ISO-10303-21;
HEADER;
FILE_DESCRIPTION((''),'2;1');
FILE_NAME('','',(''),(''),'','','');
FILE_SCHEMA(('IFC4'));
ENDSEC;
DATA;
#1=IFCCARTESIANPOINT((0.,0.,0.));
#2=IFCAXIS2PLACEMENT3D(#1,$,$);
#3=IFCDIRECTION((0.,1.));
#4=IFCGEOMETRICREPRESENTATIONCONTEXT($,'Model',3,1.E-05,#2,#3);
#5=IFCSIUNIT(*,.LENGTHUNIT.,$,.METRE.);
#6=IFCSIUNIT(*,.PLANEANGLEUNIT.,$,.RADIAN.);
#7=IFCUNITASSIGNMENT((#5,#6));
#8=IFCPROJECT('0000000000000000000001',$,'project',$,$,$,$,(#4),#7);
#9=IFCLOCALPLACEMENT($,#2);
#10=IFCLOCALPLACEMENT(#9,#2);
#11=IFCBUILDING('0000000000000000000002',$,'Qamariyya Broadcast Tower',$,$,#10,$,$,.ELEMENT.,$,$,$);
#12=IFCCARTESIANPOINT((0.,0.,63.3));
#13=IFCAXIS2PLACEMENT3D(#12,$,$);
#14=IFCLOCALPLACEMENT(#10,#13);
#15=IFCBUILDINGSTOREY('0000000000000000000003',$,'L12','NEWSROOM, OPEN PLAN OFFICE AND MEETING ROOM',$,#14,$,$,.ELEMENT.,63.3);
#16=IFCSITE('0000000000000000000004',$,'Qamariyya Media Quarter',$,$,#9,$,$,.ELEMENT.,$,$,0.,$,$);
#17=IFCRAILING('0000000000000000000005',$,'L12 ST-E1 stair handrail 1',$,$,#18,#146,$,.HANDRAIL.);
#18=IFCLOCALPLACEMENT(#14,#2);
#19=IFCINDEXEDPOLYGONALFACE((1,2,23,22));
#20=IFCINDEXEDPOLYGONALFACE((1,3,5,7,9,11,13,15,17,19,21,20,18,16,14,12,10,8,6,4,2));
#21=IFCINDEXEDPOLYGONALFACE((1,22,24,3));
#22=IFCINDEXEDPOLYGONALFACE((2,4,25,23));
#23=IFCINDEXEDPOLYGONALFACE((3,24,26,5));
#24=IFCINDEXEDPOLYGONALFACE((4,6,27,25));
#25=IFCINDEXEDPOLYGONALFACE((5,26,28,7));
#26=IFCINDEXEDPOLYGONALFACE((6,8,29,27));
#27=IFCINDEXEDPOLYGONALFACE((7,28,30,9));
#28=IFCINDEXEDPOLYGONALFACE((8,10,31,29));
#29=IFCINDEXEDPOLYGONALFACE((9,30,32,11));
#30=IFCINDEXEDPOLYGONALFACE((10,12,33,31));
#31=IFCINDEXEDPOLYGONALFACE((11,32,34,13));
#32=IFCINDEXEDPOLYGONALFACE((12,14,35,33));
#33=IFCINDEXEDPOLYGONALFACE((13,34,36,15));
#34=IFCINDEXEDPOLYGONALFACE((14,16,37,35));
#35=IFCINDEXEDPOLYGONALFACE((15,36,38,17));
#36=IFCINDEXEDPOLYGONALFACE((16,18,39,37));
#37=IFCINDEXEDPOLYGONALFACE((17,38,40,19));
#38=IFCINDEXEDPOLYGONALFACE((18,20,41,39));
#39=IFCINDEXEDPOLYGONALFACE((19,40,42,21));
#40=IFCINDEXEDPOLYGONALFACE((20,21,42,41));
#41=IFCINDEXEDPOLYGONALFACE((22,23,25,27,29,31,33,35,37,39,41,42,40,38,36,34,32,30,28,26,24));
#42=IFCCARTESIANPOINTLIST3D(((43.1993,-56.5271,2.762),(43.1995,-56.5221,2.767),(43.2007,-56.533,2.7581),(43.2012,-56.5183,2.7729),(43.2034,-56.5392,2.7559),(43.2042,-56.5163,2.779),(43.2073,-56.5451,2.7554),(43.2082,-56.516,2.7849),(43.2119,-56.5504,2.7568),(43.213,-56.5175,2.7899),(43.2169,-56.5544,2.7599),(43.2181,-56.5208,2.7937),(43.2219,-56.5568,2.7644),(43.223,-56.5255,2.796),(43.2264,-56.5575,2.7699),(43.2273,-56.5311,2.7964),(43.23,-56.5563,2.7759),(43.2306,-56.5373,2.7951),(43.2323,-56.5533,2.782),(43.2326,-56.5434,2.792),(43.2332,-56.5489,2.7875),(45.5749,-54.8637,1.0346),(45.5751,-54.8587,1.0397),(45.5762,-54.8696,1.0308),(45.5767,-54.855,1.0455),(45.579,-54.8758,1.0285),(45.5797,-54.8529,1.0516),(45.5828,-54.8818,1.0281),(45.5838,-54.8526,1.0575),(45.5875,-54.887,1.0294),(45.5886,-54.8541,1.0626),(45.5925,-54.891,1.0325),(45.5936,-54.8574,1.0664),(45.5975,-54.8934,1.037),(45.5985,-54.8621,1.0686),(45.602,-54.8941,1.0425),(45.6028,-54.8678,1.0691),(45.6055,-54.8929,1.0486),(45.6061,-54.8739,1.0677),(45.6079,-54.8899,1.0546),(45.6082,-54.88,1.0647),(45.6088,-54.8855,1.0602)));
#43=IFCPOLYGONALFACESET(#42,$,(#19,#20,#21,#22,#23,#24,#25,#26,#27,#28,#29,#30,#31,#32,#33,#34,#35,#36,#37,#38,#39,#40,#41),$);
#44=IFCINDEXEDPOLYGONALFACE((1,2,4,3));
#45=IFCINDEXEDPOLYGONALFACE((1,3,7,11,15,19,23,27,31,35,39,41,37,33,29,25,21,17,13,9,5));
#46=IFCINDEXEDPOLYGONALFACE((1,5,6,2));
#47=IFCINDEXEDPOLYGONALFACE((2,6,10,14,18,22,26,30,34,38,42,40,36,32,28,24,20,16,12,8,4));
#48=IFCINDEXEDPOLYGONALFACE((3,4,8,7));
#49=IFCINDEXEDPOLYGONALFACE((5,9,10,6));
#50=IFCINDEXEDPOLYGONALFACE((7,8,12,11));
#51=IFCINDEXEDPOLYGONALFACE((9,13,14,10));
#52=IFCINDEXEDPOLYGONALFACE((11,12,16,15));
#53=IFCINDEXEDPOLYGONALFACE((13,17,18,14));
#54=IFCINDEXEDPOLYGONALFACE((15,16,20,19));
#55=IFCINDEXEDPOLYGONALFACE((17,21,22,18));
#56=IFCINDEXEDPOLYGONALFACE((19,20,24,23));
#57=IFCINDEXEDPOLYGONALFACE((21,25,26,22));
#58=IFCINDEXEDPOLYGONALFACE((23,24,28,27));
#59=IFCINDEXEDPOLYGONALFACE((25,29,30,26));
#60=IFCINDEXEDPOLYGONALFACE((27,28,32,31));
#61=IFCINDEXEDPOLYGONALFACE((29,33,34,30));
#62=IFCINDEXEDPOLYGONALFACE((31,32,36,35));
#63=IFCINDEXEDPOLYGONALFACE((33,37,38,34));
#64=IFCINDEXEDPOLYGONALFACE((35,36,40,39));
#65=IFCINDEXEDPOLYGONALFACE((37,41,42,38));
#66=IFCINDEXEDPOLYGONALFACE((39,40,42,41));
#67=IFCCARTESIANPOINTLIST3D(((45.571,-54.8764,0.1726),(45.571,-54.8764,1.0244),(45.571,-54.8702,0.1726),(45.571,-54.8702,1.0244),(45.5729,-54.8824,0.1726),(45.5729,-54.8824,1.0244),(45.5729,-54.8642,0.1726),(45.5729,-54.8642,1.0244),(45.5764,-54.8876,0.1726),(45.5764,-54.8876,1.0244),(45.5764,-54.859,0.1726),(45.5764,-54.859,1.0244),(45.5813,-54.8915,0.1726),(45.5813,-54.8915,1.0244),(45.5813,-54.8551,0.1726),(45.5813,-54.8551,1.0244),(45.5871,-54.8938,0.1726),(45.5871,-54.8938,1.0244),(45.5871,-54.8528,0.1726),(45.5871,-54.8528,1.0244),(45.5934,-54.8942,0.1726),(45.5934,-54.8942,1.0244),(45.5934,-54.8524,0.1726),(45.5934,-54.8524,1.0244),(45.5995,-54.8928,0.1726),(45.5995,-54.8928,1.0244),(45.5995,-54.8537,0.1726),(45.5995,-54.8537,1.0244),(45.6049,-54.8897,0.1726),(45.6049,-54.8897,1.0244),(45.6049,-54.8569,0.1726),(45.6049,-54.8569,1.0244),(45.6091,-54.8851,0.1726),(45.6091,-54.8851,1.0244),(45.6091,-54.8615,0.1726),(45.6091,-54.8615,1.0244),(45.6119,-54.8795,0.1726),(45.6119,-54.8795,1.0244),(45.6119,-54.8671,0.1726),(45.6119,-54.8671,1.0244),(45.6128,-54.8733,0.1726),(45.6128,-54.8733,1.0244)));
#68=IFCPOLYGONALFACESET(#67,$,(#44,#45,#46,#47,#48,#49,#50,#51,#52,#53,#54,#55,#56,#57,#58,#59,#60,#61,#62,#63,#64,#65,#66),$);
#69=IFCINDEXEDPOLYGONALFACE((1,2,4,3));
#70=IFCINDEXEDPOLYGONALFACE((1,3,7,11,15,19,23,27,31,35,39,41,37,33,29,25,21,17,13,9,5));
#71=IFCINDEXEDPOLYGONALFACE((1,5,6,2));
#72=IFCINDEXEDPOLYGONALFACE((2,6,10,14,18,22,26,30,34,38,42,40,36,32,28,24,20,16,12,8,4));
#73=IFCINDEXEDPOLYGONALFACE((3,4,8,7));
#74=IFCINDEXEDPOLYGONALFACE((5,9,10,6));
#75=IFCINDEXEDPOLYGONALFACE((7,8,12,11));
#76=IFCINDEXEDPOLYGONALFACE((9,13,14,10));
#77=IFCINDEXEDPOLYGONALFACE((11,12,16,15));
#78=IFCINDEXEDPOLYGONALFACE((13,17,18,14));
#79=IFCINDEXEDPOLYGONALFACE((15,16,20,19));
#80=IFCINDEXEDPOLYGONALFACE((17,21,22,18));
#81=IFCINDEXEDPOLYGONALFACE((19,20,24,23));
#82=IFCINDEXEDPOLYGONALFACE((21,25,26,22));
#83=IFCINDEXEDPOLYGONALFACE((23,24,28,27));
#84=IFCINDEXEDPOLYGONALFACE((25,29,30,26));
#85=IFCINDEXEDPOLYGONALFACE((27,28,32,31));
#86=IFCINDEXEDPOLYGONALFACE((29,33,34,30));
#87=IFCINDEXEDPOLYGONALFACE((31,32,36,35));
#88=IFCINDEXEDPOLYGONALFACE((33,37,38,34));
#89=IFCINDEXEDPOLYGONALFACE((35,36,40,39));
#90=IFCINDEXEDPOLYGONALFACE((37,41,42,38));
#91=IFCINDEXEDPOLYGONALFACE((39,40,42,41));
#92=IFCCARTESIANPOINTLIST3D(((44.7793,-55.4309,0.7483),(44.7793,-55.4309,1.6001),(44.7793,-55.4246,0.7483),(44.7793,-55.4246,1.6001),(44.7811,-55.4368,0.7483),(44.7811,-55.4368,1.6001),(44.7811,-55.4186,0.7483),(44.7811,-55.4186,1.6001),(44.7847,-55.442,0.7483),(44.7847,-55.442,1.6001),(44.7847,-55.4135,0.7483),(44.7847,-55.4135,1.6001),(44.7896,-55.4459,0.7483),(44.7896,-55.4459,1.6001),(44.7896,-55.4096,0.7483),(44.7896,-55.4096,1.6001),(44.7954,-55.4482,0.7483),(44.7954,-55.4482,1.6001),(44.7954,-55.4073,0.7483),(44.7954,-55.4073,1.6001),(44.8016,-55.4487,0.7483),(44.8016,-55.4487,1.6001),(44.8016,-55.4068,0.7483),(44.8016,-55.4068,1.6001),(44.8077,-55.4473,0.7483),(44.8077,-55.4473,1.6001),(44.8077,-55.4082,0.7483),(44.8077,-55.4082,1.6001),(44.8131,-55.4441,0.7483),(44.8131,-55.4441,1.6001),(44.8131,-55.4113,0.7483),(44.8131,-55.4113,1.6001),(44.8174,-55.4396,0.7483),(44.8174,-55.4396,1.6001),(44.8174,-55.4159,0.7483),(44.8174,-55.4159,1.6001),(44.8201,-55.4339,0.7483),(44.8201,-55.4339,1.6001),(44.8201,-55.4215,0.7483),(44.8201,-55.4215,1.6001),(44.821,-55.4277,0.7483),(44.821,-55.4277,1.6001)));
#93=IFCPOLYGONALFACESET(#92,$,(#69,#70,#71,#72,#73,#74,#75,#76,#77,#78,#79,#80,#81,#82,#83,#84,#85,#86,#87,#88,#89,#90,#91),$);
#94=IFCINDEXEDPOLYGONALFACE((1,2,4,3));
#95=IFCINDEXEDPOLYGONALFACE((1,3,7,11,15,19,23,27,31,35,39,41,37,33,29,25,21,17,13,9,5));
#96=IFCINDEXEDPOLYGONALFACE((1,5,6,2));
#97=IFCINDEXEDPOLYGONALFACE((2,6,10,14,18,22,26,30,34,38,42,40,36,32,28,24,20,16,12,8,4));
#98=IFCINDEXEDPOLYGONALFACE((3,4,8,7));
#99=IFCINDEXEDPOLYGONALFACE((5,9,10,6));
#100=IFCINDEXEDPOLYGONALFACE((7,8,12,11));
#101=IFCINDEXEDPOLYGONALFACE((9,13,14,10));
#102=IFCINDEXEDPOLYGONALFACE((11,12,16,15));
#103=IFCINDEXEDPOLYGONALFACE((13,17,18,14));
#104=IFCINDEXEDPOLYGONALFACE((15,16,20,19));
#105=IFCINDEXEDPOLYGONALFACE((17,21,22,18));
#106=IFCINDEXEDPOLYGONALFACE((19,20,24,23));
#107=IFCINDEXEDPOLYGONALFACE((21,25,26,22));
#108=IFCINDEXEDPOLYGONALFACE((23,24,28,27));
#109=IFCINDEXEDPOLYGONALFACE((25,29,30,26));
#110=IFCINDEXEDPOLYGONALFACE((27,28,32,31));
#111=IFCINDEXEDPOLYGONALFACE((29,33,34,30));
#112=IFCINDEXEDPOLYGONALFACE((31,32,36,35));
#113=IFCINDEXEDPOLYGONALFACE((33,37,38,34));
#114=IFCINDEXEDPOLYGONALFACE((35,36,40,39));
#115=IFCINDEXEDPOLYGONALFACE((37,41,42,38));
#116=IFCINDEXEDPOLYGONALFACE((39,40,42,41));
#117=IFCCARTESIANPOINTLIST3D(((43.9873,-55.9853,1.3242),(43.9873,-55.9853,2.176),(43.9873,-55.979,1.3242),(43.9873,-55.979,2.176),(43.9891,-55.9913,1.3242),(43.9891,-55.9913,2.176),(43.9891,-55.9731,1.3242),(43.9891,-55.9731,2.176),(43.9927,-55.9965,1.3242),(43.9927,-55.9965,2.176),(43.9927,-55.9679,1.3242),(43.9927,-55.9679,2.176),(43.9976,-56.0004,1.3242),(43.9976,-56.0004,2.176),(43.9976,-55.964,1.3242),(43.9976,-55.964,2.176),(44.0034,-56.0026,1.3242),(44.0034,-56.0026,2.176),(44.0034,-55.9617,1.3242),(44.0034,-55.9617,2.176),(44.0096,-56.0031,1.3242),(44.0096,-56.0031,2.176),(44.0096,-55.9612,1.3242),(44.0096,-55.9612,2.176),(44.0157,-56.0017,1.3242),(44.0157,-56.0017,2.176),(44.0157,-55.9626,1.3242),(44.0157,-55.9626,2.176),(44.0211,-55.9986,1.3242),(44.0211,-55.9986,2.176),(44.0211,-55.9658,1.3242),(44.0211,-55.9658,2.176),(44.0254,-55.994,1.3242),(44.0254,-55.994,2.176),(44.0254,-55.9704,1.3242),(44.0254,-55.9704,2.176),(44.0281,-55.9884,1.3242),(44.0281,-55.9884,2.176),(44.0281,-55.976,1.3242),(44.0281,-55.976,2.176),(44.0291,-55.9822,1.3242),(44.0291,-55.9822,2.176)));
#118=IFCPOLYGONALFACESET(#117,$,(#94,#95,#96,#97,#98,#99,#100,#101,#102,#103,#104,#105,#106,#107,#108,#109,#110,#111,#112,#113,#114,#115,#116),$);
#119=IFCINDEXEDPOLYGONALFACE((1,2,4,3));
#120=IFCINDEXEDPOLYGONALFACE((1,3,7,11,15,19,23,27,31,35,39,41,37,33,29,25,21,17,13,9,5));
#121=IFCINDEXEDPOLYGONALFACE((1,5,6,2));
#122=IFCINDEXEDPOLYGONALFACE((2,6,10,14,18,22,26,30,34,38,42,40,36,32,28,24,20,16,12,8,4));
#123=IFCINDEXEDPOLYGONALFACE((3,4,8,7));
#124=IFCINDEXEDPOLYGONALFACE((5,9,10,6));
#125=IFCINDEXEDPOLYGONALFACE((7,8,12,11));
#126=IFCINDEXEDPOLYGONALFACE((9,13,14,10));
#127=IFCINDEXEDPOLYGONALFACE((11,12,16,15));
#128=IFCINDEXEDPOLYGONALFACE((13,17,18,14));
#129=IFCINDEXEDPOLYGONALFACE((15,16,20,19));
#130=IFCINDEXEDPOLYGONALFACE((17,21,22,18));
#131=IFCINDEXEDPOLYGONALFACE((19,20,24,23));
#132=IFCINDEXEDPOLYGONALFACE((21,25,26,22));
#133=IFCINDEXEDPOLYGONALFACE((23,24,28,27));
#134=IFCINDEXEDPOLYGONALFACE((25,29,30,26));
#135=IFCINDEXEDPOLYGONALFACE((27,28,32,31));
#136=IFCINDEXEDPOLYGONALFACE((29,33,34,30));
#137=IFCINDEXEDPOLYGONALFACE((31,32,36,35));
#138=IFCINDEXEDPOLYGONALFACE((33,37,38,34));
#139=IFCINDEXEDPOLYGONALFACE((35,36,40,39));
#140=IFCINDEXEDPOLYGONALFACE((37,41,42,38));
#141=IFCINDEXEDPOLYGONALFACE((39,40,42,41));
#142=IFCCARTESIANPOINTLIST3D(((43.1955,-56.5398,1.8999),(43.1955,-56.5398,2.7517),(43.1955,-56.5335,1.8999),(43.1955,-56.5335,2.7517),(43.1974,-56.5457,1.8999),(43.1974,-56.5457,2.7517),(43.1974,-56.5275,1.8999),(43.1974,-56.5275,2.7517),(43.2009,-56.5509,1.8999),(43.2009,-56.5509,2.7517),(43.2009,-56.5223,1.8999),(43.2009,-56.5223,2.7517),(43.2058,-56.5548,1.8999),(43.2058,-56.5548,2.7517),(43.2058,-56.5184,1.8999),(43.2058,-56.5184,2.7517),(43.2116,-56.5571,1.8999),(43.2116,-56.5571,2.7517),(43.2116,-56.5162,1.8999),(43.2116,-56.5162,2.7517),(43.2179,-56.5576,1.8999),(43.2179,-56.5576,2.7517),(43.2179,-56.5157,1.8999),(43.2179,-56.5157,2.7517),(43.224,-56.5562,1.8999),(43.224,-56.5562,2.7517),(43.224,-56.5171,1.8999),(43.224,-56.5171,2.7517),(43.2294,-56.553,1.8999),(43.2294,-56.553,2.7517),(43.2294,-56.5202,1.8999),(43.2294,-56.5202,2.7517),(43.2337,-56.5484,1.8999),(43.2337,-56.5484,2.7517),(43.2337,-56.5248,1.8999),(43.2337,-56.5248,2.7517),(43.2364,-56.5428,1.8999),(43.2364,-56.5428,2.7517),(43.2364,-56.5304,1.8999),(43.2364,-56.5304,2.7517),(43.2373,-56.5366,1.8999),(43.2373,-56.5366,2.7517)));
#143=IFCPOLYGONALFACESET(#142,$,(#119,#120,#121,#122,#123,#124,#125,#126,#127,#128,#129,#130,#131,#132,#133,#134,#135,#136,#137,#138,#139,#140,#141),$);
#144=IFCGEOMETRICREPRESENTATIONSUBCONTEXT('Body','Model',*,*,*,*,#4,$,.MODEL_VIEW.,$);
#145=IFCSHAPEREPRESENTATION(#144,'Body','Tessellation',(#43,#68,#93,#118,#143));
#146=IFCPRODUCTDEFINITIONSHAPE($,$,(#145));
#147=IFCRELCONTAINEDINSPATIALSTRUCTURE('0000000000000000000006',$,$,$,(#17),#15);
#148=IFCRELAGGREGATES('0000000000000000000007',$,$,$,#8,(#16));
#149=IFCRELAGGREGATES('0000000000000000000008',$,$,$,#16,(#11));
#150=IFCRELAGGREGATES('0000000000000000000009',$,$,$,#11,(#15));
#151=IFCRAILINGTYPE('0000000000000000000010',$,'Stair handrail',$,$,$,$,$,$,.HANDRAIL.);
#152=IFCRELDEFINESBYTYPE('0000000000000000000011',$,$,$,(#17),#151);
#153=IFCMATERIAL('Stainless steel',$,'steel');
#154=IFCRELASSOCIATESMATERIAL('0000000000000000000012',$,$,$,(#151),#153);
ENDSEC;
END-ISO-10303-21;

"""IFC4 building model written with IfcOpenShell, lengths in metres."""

from ifc_helpers import new_model, si_unit, direction, frame, origin, origin_2d, place, context, subcontext, project, spatial, circle, extrude, material, type_object, element, save


model = new_model("IFC4")

# Units and contexts
model_context = context("Model", 3, precision=1e-05, world=origin(), true_north=direction((0.0, 1.0)))
body_context = subcontext(model_context, "Body", "Model", "MODEL_VIEW")
ifc_project = project(units=[si_unit("LENGTHUNIT", "METRE"), si_unit("PLANEANGLEUNIT", "RADIAN")], contexts=[model_context])

# Site, building, storey
site_placement = place(None, origin())
site = spatial("IfcSite", under=ifc_project, at=site_placement, Name="Qamariyya Media Quarter", CompositionType="ELEMENT", RefElevation=0.0)
building_placement = place(site_placement, origin())
building = spatial("IfcBuilding", under=site, at=building_placement, Name="Qamariyya Broadcast Tower", CompositionType="ELEMENT")
storey_placement = place(building_placement, frame((0.0, 0.0, 63.3)))
storey = spatial("IfcBuildingStorey", under=building, at=storey_placement, Name="L12", Description="NEWSROOM, OPEN PLAN OFFICE AND MEETING ROOM", CompositionType="ELEMENT", Elevation=63.3)

# Railing
ifc_material_1 = material(Name="Stainless steel", Category="steel")
railing_type_1 = type_object("IfcRailingType", Name="Stair handrail", PredefinedType="HANDRAIL", material=ifc_material_1)
railing_1_placement = place(storey_placement, frame((45.5918, -54.8733, 0.1726)))
element("IfcRailing", 1, at=railing_1_placement, inside=storey, type_object=railing_type_1, Name="L12 ST-E1 stair handrail 1", PredefinedType="HANDRAIL", context=body_context, shape_type="SweptSolid", body=[
    extrude(circle(Radius=0.0239, at=origin_2d()), frame((0.0, 0.0, 0.876), z_axis=(-0.70377, -0.492784, 0.511734), x_axis=(0.573575, -0.819153, 0.0)), (0.0, 0.0, 1.0), 3.3755),
    extrude(circle(Radius=0.021, at=origin_2d()), origin(), (0.0, 0.0, 1.0), 0.8518),
    extrude(circle(Radius=0.021, at=origin_2d()), frame((-0.7917, -0.5544, 0.5757)), (0.0, 0.0, 1.0), 0.8518),
    extrude(circle(Radius=0.021, at=origin_2d()), frame((-1.5837, -1.1089, 1.1516)), (0.0, 0.0, 1.0), 0.8518),
    extrude(circle(Radius=0.021, at=origin_2d()), frame((-2.3755, -1.6633, 1.7273)), (0.0, 0.0, 1.0), 0.8518),
])

save(model, "model.ifc")
